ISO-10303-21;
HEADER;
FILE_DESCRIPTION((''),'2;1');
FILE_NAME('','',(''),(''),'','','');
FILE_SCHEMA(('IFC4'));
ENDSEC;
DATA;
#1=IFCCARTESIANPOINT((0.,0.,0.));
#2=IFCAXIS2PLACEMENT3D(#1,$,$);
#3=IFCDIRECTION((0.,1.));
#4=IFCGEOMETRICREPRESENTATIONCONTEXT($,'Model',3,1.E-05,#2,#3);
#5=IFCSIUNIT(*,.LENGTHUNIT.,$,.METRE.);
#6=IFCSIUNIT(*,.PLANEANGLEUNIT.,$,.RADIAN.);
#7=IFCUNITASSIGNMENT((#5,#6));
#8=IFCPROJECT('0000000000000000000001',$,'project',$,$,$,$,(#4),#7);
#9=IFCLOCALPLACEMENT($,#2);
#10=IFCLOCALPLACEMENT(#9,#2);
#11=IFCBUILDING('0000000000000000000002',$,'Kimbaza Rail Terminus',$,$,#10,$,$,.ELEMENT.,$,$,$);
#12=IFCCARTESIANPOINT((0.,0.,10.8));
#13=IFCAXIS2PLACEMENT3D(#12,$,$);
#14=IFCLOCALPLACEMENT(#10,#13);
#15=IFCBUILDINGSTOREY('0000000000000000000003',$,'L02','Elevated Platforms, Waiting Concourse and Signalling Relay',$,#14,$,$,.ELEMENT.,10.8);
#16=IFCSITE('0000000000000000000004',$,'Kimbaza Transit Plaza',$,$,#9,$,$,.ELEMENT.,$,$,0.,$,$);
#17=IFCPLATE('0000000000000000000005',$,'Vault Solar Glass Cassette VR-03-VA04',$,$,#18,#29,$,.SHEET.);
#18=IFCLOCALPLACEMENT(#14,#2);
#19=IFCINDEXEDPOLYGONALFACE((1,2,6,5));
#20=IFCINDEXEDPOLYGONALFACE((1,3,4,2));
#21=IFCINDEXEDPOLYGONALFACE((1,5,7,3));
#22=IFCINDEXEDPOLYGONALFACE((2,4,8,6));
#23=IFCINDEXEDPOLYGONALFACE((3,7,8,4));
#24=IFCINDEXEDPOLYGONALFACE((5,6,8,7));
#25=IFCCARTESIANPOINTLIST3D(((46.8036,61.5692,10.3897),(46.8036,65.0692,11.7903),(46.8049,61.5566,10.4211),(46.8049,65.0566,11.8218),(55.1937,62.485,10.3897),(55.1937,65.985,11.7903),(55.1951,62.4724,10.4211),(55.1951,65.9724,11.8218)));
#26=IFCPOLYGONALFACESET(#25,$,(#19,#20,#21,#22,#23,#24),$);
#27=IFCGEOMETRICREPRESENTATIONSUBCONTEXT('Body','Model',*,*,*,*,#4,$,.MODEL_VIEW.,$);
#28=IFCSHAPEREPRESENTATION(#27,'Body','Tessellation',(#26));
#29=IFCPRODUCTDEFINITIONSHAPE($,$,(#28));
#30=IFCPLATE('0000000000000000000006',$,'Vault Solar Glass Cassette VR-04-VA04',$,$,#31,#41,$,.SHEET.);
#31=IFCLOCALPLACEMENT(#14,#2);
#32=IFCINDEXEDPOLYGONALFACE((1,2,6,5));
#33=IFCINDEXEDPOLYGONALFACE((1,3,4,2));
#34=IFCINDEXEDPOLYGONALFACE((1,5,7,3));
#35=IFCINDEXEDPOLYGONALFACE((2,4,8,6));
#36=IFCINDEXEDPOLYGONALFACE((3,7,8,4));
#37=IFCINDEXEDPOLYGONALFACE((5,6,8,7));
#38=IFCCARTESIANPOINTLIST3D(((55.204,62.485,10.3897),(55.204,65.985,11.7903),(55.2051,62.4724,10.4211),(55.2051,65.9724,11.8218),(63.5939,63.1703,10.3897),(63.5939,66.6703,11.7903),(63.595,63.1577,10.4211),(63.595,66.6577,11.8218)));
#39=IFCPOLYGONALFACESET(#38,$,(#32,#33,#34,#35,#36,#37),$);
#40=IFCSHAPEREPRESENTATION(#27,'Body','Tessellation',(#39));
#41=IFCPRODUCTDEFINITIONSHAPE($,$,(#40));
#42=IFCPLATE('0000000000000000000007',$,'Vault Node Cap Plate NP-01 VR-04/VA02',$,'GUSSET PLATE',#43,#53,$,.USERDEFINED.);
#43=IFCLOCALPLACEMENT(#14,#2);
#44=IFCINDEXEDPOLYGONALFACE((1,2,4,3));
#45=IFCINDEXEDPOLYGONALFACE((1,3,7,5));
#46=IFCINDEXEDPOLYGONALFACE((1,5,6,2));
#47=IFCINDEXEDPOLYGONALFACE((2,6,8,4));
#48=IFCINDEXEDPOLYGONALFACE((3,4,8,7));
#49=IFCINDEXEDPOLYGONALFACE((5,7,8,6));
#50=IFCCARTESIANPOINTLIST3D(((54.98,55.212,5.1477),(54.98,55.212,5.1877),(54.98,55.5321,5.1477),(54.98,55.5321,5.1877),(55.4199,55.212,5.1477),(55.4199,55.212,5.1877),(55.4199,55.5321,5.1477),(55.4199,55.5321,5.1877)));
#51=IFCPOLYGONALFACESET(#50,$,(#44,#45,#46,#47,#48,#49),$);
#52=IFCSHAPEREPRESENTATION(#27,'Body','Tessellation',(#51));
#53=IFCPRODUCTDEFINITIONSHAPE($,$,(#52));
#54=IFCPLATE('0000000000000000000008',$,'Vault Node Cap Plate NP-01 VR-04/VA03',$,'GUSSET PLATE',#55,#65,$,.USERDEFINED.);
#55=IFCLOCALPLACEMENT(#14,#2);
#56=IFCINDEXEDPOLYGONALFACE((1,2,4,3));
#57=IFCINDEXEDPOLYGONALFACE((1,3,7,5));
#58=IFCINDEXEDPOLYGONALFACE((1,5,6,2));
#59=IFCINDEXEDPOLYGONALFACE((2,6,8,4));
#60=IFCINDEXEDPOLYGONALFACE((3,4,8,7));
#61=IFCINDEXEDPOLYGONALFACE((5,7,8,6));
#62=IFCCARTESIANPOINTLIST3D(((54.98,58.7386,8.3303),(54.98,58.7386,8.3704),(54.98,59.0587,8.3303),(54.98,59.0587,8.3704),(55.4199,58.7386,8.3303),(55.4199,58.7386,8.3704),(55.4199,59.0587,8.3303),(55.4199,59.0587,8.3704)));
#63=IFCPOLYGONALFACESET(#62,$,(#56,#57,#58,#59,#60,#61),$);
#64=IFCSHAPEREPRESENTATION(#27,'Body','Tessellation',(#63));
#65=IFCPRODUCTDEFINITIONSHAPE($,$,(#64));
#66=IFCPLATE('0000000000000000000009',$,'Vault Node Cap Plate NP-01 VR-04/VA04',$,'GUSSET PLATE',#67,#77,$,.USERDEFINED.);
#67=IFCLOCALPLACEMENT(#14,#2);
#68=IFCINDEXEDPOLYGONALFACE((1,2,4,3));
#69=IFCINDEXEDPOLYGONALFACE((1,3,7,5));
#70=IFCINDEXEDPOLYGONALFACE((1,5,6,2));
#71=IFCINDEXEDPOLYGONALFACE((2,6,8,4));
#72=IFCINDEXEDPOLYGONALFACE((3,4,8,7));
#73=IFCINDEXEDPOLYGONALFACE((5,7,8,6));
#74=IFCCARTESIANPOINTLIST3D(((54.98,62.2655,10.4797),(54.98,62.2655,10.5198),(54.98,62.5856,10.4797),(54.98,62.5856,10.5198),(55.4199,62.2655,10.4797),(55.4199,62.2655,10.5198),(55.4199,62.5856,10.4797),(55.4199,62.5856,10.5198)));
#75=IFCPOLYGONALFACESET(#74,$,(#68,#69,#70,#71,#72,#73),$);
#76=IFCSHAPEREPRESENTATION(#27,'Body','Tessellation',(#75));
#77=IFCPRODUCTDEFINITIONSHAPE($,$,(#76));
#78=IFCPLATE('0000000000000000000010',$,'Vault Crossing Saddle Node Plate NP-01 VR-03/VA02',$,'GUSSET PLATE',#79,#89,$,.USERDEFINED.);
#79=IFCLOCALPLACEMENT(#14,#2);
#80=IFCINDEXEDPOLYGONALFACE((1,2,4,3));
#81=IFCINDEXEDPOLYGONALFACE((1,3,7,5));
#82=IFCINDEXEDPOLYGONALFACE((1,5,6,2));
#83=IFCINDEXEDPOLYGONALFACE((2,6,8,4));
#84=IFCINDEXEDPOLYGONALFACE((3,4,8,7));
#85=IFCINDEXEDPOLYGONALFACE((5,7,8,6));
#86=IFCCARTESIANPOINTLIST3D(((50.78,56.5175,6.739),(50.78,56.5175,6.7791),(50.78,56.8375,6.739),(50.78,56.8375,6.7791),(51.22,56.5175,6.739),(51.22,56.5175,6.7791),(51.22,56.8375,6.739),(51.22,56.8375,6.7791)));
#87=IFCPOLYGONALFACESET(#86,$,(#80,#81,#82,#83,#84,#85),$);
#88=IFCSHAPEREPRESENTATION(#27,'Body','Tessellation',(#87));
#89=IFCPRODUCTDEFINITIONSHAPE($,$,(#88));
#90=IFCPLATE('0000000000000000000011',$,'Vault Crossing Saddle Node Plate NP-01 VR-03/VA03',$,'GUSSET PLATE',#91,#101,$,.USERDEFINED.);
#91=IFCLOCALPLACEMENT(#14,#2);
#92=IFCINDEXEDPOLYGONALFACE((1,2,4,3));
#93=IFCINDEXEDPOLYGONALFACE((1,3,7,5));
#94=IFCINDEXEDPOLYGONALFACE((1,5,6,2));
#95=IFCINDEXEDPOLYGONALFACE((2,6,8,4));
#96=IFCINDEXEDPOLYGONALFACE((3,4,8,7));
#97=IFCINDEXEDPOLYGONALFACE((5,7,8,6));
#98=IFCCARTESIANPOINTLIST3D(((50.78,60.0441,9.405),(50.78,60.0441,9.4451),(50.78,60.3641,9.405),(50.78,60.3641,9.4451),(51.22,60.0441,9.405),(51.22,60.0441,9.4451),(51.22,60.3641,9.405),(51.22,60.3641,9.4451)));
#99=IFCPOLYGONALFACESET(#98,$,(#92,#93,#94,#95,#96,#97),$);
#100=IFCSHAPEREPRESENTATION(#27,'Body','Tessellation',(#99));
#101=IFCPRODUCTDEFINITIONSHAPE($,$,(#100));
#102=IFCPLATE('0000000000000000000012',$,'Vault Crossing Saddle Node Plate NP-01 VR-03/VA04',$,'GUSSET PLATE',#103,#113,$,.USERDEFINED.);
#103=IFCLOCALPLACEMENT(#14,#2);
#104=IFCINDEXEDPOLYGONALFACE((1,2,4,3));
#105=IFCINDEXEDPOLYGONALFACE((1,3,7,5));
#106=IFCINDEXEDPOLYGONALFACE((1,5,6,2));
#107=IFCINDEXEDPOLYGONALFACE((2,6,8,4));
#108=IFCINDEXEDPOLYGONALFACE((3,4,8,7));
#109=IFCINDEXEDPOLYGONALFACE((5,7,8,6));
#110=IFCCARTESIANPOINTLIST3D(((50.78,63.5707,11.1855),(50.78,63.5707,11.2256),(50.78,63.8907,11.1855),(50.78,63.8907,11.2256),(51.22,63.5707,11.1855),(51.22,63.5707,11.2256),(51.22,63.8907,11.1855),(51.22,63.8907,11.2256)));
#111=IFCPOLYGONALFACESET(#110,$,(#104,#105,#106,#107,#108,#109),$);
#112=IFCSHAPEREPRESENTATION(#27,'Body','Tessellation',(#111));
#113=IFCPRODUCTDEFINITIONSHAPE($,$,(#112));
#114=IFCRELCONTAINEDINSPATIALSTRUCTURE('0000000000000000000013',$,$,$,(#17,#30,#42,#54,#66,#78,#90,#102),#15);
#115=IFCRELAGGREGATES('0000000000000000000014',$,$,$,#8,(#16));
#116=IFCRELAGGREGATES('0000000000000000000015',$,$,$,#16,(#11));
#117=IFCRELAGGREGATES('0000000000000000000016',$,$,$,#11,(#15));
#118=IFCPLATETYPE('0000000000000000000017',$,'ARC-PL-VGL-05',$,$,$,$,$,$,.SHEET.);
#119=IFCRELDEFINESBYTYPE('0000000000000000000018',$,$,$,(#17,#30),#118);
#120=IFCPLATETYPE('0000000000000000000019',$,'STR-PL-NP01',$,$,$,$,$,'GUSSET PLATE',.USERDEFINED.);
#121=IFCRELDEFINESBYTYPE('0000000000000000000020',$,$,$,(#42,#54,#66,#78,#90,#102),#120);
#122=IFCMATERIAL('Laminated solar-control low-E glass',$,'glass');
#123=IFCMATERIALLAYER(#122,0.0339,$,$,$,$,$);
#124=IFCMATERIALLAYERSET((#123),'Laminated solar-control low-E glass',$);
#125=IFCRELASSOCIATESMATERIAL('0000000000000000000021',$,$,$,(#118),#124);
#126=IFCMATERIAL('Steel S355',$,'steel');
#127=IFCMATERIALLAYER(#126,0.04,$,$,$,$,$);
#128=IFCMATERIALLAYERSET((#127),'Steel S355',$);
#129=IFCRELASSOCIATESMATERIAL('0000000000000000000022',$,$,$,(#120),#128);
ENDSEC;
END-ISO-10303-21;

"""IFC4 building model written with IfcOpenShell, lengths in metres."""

from ifc_helpers import new_model, si_unit, direction, frame, origin, origin_2d, place, context, subcontext, project, spatial, polyline, rectangle, outline, extrude, material, layer, layer_set, type_object, element, save


model = new_model("IFC4")

# Units and contexts
model_context = context("Model", 3, precision=1e-05, world=origin(), true_north=direction((0.0, 1.0)))
body_context = subcontext(model_context, "Body", "Model", "MODEL_VIEW")
ifc_project = project(units=[si_unit("LENGTHUNIT", "METRE"), si_unit("PLANEANGLEUNIT", "RADIAN")], contexts=[model_context])

# Site, building, storey
site_placement = place(None, origin())
site = spatial("IfcSite", under=ifc_project, at=site_placement, Name="Kimbaza Transit Plaza", CompositionType="ELEMENT", RefElevation=0.0)
building_placement = place(site_placement, origin())
building = spatial("IfcBuilding", under=site, at=building_placement, Name="Kimbaza Rail Terminus", CompositionType="ELEMENT")
storey_placement = place(building_placement, frame((0.0, 0.0, 10.8)))
storey = spatial("IfcBuildingStorey", under=building, at=storey_placement, Name="L02", Description="Elevated Platforms, Waiting Concourse and Signalling Relay", CompositionType="ELEMENT", Elevation=10.8)

# Plates
ifc_material_1 = material(Name="Laminated solar-control low-E glass", Category="glass")
ifc_layer_1 = layer(ifc_material_1, 0.0339)
ifc_layer_set_1 = layer_set([ifc_layer_1], Name="Laminated solar-control low-E glass")
plate_type_1 = type_object("IfcPlateType", Name="ARC-PL-VGL-05", PredefinedType="SHEET", material=ifc_layer_set_1)
plate_1_placement = place(storey_placement, frame((46.8049, 61.5566, 10.4211), z_axis=(0.040519, -0.371231, 0.927656), x_axis=(0.994096, 0.108504, 0.0)))
element("IfcPlate", 1, at=plate_1_placement, inside=storey, type_object=plate_type_1, Name="Vault Solar Glass Cassette VR-03-VA04", PredefinedType="SHEET", context=body_context, shape_type="SweptSolid", body=[
    extrude(outline(polyline([(0.0, 0.0), (8.44, 0.0), (8.8197, 3.7507), (0.3798, 3.7507), (0.0, 0.0)])), origin(), (0.0, 0.0, -1.0), 0.0339),
])
plate_2_placement = place(storey_placement, frame((55.2051, 62.4724, 10.4211), z_axis=(0.030334, -0.371365, 0.927991), x_axis=(0.996681, 0.081411, 0.0)))
element("IfcPlate", 2, at=plate_2_placement, inside=storey, type_object=plate_type_1, Name="Vault Solar Glass Cassette VR-04-VA04", PredefinedType="SHEET", context=body_context, shape_type="SweptSolid", body=[
    extrude(outline(polyline([(0.0, 0.0), (8.4178, 0.0), (8.7028, 3.7591), (0.2849, 3.7591), (0.0, 0.0)])), origin(), (0.0, 0.0, -1.0), 0.0339),
])
ifc_material_2 = material(Name="Steel S355", Category="steel")
ifc_layer_2 = layer(ifc_material_2, 0.04)
ifc_layer_set_2 = layer_set([ifc_layer_2], Name="Steel S355")
plate_type_2 = type_object("IfcPlateType", Name="STR-PL-NP01", ElementType="GUSSET PLATE", PredefinedType="USERDEFINED", material=ifc_layer_set_2)
for number, where, z_axis, x_axis, name in (
    (3, (55.2, 55.3721, 5.1477), (0.0, 0.0, 1.0), (1.0, 0.0, 0.0), "Vault Node Cap Plate NP-01 VR-04/VA02"),
    (4, (55.2, 58.8987, 8.3303), (0.0, 0.0, 1.0), (1.0, 0.0, 0.0), "Vault Node Cap Plate NP-01 VR-04/VA03"),
    (5, (55.2, 62.4255, 10.4797), (0.0, 0.0, 1.0), (1.0, 0.0, 0.0), "Vault Node Cap Plate NP-01 VR-04/VA04"),
    (6, (51.0, 56.6775, 6.739), (0.0, 0.0, 1.0), (1.0, 0.0, 0.0), "Vault Crossing Saddle Node Plate NP-01 VR-03/VA02"),
    (7, (51.0, 60.2041, 9.405), (0.0, 0.0, 1.0), (1.0, 0.0, 0.0), "Vault Crossing Saddle Node Plate NP-01 VR-03/VA03"),
    (8, (51.0, 63.7307, 11.1855), (0.0, 0.0, 1.0), (1.0, 0.0, 0.0), "Vault Crossing Saddle Node Plate NP-01 VR-03/VA04"),
):
    element("IfcPlate", number, at=place(storey_placement, frame(where, z_axis=z_axis, x_axis=x_axis)), inside=storey, type_object=plate_type_2, Name=name, ObjectType="GUSSET PLATE", PredefinedType="USERDEFINED", context=body_context, shape_type="SweptSolid", body=[
        extrude(rectangle(XDim=0.4399, YDim=0.3201, at=origin_2d()), origin(), (0.0, 0.0, 1.0), 0.04),
    ])

save(model, "model.ifc")
